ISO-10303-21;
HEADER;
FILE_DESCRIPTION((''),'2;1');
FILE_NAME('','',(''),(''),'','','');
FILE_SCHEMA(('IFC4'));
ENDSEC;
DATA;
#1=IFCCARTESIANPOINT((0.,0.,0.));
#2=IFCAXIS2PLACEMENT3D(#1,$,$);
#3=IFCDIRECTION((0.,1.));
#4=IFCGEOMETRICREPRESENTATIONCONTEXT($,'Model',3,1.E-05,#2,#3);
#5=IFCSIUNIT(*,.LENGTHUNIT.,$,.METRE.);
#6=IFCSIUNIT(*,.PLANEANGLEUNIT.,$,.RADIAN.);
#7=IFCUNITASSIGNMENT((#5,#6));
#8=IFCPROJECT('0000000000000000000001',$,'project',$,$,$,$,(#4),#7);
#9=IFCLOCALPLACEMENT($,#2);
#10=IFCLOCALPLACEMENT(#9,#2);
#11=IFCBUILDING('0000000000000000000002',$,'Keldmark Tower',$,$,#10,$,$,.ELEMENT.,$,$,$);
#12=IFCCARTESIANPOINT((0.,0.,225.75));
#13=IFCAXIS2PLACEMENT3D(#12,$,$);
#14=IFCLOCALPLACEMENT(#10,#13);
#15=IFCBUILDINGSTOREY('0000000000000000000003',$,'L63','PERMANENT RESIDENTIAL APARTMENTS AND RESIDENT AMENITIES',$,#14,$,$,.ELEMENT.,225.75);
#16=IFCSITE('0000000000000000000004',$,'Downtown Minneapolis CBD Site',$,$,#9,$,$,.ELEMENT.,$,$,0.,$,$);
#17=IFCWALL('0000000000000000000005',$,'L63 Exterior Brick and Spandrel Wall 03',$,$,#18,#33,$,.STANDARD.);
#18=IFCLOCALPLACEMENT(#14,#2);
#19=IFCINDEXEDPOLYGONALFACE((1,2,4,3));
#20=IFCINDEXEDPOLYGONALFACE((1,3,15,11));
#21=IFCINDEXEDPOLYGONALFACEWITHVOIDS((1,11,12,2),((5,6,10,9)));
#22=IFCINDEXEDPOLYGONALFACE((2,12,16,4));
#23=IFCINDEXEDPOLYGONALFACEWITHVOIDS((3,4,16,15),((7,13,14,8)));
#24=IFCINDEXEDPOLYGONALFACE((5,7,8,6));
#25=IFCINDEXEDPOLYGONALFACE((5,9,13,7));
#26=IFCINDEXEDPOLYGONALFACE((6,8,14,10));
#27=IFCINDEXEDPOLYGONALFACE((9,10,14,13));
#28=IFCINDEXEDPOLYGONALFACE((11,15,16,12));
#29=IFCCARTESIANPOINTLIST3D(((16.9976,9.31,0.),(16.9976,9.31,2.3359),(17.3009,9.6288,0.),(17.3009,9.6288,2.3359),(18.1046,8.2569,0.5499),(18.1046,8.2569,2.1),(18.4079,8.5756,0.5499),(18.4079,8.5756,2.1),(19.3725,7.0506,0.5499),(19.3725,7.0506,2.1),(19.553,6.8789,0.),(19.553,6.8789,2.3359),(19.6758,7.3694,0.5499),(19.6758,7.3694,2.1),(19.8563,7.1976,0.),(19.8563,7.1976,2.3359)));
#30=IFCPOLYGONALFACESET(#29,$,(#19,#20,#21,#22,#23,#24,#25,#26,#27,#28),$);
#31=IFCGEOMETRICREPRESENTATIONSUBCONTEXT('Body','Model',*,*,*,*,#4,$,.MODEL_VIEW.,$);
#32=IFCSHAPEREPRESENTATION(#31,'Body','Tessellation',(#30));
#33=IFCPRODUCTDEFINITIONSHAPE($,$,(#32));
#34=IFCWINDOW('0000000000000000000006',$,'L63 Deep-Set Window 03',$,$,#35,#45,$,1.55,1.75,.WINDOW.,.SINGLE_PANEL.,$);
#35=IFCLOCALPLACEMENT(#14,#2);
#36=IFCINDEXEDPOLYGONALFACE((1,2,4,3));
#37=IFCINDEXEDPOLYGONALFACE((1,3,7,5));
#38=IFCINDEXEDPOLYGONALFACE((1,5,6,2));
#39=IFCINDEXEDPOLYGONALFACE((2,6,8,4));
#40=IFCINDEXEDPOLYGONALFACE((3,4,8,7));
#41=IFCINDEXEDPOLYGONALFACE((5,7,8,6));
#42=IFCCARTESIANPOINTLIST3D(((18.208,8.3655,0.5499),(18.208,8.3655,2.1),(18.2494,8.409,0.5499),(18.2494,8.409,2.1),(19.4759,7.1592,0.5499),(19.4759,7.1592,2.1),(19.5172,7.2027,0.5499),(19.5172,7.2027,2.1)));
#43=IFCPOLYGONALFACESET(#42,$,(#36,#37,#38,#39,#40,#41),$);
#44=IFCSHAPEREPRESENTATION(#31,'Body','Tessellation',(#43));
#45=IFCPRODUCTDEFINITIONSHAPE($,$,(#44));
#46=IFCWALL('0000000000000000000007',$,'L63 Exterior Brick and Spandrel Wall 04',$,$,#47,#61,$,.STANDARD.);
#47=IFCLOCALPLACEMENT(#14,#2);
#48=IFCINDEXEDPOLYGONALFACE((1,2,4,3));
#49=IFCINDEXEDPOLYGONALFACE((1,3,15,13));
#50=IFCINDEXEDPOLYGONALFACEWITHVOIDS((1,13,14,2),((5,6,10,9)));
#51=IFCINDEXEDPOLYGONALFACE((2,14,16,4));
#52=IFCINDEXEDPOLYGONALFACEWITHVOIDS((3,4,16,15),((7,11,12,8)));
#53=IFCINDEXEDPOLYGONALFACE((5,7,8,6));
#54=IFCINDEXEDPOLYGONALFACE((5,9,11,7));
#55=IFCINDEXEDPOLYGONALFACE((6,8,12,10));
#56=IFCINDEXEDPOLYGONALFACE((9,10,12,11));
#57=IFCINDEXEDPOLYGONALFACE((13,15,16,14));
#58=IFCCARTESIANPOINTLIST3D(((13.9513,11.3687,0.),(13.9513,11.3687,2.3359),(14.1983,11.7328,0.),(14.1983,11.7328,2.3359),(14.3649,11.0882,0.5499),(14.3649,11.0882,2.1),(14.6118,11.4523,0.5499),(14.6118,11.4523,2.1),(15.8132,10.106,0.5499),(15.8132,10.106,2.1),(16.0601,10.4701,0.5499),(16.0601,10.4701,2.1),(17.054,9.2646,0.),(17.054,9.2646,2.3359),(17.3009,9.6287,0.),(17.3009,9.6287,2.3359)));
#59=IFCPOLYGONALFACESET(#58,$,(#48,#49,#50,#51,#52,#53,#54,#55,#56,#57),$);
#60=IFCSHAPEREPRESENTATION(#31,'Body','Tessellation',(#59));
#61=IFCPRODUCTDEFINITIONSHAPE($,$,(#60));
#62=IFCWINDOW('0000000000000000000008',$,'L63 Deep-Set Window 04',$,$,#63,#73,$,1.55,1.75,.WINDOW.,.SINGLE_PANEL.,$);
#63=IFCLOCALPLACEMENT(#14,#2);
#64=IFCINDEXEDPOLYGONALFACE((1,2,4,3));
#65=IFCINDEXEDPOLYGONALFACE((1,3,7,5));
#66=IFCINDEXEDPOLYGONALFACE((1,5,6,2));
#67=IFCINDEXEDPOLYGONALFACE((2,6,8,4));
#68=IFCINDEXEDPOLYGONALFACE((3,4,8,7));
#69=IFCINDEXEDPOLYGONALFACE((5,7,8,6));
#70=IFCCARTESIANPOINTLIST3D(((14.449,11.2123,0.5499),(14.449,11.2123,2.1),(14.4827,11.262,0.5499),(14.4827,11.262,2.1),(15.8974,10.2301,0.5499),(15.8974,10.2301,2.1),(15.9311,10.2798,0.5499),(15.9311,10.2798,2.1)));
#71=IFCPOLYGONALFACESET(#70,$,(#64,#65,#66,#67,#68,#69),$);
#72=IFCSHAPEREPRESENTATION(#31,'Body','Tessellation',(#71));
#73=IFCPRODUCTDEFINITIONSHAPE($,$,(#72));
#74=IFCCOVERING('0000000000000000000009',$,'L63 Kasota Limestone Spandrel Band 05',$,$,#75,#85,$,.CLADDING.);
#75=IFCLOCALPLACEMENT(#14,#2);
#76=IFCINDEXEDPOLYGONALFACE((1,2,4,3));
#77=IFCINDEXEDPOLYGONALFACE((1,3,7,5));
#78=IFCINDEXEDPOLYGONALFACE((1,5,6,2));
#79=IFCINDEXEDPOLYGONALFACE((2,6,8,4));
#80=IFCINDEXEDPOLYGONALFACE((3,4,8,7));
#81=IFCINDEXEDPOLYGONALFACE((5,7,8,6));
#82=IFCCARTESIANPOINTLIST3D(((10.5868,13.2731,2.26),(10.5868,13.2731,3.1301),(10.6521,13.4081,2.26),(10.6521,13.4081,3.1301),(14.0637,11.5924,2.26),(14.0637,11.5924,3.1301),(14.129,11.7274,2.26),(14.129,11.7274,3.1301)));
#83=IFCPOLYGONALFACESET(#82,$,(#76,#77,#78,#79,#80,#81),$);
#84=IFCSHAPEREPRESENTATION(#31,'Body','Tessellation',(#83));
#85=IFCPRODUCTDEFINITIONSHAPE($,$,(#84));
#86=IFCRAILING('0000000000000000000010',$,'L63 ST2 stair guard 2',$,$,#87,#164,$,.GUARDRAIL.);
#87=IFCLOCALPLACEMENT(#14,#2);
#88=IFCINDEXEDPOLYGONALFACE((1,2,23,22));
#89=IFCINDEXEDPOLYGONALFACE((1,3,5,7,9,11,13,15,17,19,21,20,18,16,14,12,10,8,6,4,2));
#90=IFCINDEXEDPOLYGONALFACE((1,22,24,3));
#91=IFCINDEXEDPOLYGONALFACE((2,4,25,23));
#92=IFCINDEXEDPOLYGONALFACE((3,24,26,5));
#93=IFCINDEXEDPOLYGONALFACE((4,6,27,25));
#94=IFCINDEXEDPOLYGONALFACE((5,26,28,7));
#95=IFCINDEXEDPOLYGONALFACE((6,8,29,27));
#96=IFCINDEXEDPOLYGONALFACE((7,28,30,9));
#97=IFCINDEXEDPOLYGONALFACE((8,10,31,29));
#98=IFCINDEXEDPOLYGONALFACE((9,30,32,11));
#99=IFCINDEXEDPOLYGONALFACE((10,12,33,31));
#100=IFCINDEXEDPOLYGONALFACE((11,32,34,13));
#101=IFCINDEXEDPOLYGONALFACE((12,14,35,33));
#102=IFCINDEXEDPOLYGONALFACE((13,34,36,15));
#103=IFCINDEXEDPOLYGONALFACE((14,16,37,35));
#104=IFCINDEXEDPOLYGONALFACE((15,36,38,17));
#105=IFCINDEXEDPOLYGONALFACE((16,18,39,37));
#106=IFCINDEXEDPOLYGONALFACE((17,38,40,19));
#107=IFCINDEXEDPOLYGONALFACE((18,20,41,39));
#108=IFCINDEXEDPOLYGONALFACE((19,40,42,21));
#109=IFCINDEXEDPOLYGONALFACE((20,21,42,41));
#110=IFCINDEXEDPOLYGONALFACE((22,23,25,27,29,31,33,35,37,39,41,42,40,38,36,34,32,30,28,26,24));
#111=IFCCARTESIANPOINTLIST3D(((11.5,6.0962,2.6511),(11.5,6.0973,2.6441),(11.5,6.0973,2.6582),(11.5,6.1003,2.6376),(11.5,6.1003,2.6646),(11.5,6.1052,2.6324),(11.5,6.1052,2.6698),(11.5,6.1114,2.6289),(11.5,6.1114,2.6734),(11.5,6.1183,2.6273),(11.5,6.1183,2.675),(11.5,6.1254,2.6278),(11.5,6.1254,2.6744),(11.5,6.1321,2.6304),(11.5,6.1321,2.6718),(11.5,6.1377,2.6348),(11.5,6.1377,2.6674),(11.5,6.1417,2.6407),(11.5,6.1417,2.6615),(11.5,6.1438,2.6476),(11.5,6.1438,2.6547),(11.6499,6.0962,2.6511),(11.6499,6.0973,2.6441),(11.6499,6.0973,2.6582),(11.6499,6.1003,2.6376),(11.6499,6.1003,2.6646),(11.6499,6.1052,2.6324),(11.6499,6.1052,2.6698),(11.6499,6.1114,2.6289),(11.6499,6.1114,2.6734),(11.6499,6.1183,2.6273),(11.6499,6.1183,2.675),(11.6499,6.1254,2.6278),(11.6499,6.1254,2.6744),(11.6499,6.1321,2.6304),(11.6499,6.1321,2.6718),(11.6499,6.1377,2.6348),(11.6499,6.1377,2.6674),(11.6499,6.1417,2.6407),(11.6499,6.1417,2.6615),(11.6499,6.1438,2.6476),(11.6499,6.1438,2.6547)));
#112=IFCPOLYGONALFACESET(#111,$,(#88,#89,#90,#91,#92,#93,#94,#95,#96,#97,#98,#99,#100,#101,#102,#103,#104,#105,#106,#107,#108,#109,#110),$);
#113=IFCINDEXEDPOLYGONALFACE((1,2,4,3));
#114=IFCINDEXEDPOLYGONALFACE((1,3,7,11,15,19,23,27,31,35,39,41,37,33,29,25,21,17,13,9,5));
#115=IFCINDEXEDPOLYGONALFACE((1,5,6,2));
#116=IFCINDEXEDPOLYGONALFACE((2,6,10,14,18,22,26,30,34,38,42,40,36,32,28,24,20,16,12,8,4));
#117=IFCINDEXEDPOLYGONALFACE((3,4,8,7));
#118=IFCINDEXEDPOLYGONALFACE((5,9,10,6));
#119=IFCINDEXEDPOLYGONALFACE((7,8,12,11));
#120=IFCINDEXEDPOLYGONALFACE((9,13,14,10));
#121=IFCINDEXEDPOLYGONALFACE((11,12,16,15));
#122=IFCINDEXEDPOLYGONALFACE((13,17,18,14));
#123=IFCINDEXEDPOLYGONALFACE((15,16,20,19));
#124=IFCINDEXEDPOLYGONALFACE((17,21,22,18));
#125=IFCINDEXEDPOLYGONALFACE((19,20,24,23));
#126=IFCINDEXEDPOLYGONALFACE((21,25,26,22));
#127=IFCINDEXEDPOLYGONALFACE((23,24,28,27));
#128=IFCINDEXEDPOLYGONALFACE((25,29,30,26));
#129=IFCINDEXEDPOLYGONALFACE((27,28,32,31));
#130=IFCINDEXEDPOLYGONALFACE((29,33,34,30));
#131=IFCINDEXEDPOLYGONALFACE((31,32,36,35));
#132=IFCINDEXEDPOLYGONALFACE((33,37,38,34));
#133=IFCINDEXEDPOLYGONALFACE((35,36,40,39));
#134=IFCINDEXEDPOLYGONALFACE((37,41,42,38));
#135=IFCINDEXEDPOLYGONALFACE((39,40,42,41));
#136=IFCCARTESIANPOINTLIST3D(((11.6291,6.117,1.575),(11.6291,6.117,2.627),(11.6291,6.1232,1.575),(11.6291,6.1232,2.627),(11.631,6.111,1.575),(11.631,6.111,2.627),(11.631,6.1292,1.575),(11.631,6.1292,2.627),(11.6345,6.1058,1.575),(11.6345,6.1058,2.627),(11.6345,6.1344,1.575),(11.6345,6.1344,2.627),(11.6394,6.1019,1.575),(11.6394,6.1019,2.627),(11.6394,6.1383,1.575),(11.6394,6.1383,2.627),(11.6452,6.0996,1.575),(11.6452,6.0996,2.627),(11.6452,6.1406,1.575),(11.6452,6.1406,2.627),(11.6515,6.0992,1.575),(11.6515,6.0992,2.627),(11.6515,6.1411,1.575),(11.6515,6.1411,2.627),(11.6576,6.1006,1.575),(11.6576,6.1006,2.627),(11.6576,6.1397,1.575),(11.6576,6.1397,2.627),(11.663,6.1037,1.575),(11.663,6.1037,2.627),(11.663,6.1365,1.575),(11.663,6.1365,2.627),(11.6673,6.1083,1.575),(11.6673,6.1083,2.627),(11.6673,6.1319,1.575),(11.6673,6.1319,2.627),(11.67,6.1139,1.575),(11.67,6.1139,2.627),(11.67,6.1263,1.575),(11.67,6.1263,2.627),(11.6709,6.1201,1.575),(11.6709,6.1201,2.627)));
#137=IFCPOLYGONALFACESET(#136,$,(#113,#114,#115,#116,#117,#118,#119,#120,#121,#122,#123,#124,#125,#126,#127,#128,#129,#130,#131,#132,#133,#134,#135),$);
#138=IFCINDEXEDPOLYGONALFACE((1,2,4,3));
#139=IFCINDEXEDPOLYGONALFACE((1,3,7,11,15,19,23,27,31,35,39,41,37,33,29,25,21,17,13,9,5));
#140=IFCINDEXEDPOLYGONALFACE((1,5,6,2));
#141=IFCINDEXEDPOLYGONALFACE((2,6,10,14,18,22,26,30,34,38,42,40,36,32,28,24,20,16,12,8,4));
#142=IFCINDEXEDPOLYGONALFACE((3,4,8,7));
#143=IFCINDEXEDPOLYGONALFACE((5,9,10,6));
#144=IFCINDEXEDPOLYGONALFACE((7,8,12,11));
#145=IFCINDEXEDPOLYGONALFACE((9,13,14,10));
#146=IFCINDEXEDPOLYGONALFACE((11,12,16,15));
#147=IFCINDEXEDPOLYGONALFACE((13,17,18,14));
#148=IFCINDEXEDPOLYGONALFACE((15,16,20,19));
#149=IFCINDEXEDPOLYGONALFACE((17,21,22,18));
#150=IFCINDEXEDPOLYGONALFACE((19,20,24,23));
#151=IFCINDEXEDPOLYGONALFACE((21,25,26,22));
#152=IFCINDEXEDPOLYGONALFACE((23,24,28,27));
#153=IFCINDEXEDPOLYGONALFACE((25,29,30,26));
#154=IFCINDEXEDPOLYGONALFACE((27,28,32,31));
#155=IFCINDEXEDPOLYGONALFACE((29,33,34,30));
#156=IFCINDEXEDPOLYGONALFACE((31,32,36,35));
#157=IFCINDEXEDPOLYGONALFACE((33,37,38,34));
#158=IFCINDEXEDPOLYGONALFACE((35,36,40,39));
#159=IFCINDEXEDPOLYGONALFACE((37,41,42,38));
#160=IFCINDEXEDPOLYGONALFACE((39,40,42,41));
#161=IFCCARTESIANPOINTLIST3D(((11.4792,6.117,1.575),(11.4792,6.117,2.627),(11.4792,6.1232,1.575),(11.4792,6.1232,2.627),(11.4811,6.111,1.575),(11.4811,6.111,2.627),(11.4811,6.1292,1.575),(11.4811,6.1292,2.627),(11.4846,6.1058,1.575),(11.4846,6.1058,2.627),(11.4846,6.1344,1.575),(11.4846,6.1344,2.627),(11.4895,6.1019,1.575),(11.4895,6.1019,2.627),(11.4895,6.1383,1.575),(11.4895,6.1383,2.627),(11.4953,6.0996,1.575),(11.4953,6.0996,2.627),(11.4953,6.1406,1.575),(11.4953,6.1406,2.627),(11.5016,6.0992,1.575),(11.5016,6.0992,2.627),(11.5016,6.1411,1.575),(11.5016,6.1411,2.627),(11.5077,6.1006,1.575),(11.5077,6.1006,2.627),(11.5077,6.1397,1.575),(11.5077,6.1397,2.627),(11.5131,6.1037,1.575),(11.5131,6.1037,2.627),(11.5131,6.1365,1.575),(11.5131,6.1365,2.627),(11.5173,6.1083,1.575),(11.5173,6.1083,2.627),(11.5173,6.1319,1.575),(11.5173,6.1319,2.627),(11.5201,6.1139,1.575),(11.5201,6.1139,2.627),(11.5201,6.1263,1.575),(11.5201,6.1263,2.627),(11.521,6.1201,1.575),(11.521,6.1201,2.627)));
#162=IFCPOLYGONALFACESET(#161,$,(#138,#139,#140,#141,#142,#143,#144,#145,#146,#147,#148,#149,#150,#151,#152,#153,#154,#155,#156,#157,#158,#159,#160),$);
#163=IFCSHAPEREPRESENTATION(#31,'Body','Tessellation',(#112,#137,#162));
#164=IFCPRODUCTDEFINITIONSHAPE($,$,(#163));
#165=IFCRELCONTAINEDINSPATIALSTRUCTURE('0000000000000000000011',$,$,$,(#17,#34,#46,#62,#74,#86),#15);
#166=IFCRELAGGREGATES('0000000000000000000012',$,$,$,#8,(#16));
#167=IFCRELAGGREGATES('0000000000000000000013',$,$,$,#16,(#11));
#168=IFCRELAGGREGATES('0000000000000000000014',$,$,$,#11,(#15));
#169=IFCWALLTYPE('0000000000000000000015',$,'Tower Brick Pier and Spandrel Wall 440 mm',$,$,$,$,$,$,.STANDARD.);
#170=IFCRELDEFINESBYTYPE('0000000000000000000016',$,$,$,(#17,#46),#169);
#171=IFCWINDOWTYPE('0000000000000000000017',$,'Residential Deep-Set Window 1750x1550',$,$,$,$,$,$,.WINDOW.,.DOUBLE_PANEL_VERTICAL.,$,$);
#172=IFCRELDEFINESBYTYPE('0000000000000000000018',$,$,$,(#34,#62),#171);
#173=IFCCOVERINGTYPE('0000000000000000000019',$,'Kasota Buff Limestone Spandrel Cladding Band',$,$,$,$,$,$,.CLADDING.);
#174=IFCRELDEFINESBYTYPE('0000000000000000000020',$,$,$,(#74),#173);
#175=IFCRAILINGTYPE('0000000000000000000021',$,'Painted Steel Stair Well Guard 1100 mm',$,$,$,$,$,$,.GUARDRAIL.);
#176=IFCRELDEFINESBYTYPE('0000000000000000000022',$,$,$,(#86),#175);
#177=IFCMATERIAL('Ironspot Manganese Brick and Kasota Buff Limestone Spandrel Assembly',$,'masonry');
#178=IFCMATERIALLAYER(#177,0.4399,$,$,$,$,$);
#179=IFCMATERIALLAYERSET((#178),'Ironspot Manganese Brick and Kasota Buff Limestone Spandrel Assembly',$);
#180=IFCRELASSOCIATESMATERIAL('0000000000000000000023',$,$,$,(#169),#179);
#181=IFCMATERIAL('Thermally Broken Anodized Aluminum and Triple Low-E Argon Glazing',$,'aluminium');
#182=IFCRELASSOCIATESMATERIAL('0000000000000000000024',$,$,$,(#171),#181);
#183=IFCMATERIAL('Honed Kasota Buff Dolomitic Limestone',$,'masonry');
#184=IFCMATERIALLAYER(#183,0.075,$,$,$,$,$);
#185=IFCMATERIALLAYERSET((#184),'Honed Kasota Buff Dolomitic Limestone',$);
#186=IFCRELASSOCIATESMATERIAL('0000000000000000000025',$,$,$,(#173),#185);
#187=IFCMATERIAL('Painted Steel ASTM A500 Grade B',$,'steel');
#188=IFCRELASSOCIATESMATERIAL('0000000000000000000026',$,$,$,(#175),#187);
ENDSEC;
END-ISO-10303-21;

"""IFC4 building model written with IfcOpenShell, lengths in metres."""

from ifc_helpers import new_model, si_unit, direction, frame, frame_2d, origin, origin_2d, place, context, subcontext, project, spatial, rectangle, circle, extrude, material, layer, layer_set, type_object, element, fill, save


model = new_model("IFC4")

# Units and contexts
model_context = context("Model", 3, precision=1e-05, world=origin(), true_north=direction((0.0, 1.0)))
body_context = subcontext(model_context, "Body", "Model", "MODEL_VIEW")
ifc_project = project(units=[si_unit("LENGTHUNIT", "METRE"), si_unit("PLANEANGLEUNIT", "RADIAN")], contexts=[model_context])

# Site, building, storey
site_placement = place(None, origin())
site = spatial("IfcSite", under=ifc_project, at=site_placement, Name="Downtown Minneapolis CBD Site", CompositionType="ELEMENT", RefElevation=0.0)
building_placement = place(site_placement, origin())
building = spatial("IfcBuilding", under=site, at=building_placement, Name="Keldmark Tower", CompositionType="ELEMENT")
storey_placement = place(building_placement, frame((0.0, 0.0, 225.75)))
storey = spatial("IfcBuildingStorey", under=building, at=storey_placement, Name="L63", Description="PERMANENT RESIDENTIAL APARTMENTS AND RESIDENT AMENITIES", CompositionType="ELEMENT", Elevation=225.75)

# Walls, openings, windows
ifc_material_1 = material(Name="Ironspot Manganese Brick and Kasota Buff Limestone Spandrel Assembly", Category="masonry")
ifc_layer_1 = layer(ifc_material_1, 0.4399)
ifc_layer_set_1 = layer_set([ifc_layer_1], Name="Ironspot Manganese Brick and Kasota Buff Limestone Spandrel Assembly")
wall_type_1 = type_object("IfcWallType", Name="Tower Brick Pier and Spandrel Wall 440 mm", PredefinedType="STANDARD", material=ifc_layer_set_1)
wall_1_placement = place(storey_placement, frame((17.1492, 9.4695, 0.0), z_axis=(0.0, 0.0, 1.0), x_axis=(0.724503, -0.689271, 0.0)))
wall_1 = element("IfcWall", 1, at=wall_1_placement, inside=storey, type_object=wall_type_1, Name="L63 Exterior Brick and Spandrel Wall 03", PredefinedType="STANDARD", context=body_context, shape_type="SweptSolid", body=[
    extrude(rectangle(XDim=3.5271, YDim=0.4399, at=frame_2d((1.7637, 0.0))), origin(), (0.0, 0.0, 1.0), 2.3359),
])
opening_1_placement = place(wall_1_placement, frame((1.5281, 0.0, 0.55)))
opening_1 = element("IfcOpeningElement", 2, at=opening_1_placement, cuts=wall_1, PredefinedType="OPENING", context=body_context, shape_type="SweptSolid", body=[
    extrude(rectangle(XDim=1.75, YDim=1.55, at=frame_2d((0.875, 0.7749))), frame((0.0, 0.23, 0.0), z_axis=(0.0, -1.0, 0.0), x_axis=(1.0, 0.0, 0.0)), (0.0, 0.0, 1.0), 0.46),
])
ifc_material_2 = material(Name="Thermally Broken Anodized Aluminum and Triple Low-E Argon Glazing", Category="aluminium")
window_type_1 = type_object("IfcWindowType", Name="Residential Deep-Set Window 1750x1550", PartitioningType="DOUBLE_PANEL_VERTICAL", PredefinedType="WINDOW", material=ifc_material_2)
window_1_placement = place(opening_1_placement, origin())
window_1 = element("IfcWindow", 3, at=window_1_placement, inside=storey, type_object=window_type_1, Name="L63 Deep-Set Window 03", OverallHeight=1.55, OverallWidth=1.75, PartitioningType="SINGLE_PANEL", PredefinedType="WINDOW", context=body_context, shape_type="SweptSolid", body=[
    extrude(rectangle(XDim=1.75, YDim=1.55, at=frame_2d((0.875, 0.7749))), frame((0.0, -0.01, 0.0), z_axis=(0.0, -1.0, 0.0), x_axis=(1.0, 0.0, 0.0)), (0.0, 0.0, 1.0), 0.0601),
])
fill(opening_1, window_1)
wall_2_placement = place(storey_placement, frame((14.0747, 11.5508, 0.0), z_axis=(0.0, 0.0, 1.0), x_axis=(0.827636, -0.561266, 0.0)))
wall_2 = element("IfcWall", 4, at=wall_2_placement, inside=storey, type_object=wall_type_1, Name="L63 Exterior Brick and Spandrel Wall 04", PredefinedType="STANDARD", context=body_context, shape_type="SweptSolid", body=[
    extrude(rectangle(XDim=3.7488, YDim=0.4399, at=frame_2d((1.8745, 0.0))), origin(), (0.0, 0.0, 1.0), 2.3359),
])
opening_2_placement = place(wall_2_placement, frame((0.4998, 0.0, 0.55)))
opening_2 = element("IfcOpeningElement", 5, at=opening_2_placement, cuts=wall_2, PredefinedType="OPENING", context=body_context, shape_type="SweptSolid", body=[
    extrude(rectangle(XDim=1.75, YDim=1.55, at=frame_2d((0.875, 0.7749))), frame((0.0, 0.23, 0.0), z_axis=(0.0, -1.0, 0.0), x_axis=(1.0, 0.0, 0.0)), (0.0, 0.0, 1.0), 0.46),
])
window_2_placement = place(opening_2_placement, origin())
window_2 = element("IfcWindow", 6, at=window_2_placement, inside=storey, type_object=window_type_1, Name="L63 Deep-Set Window 04", OverallHeight=1.55, OverallWidth=1.75, PartitioningType="SINGLE_PANEL", PredefinedType="WINDOW", context=body_context, shape_type="SweptSolid", body=[
    extrude(rectangle(XDim=1.75, YDim=1.55, at=frame_2d((0.875, 0.7749))), frame((0.0, -0.01, 0.0), z_axis=(0.0, -1.0, 0.0), x_axis=(1.0, 0.0, 0.0)), (0.0, 0.0, 1.0), 0.0601),
])
fill(opening_2, window_2)

# Covering
ifc_material_3 = material(Name="Honed Kasota Buff Dolomitic Limestone", Category="masonry")
ifc_layer_2 = layer(ifc_material_3, 0.075)
ifc_layer_set_2 = layer_set([ifc_layer_2], Name="Honed Kasota Buff Dolomitic Limestone")
covering_type = type_object("IfcCoveringType", Name="Kasota Buff Limestone Spandrel Cladding Band", PredefinedType="CLADDING", material=ifc_layer_set_2)
covering_placement = place(storey_placement, frame((12.3579, 12.5002, 2.26), z_axis=(0.0, 0.0, 1.0), x_axis=(-0.900326, 0.435215, 0.0)))
element("IfcCovering", 7, at=covering_placement, inside=storey, type_object=covering_type, Name="L63 Kasota Limestone Spandrel Band 05", PredefinedType="CLADDING", context=body_context, shape_type="SweptSolid", body=[
    extrude(rectangle(XDim=3.8618, YDim=0.1499, at=origin_2d()), origin(), (0.0, 0.0, 1.0), 0.8701),
])

# Railing
ifc_material_4 = material(Name="Painted Steel ASTM A500 Grade B", Category="steel")
railing_type = type_object("IfcRailingType", Name="Painted Steel Stair Well Guard 1100 mm", PredefinedType="GUARDRAIL", material=ifc_material_4)
railing_placement = place(storey_placement, frame((11.6499, 6.1201, 1.575)))
element("IfcRailing", 8, at=railing_placement, inside=storey, type_object=railing_type, Name="L63 ST2 stair guard 2", PredefinedType="GUARDRAIL", context=body_context, shape_type="SweptSolid", body=[
    extrude(circle(Radius=0.0239, at=origin_2d()), frame((0.0, 0.0, 1.0762), z_axis=(-1.0, 0.0, 0.0), x_axis=(0.0, -1.0, 0.0)), (0.0, 0.0, 1.0), 0.1499),
    extrude(circle(Radius=0.021, at=origin_2d()), origin(), (0.0, 0.0, 1.0), 1.052),
    extrude(circle(Radius=0.021, at=origin_2d()), frame((-0.1499, 0.0, 0.0)), (0.0, 0.0, 1.0), 1.052),
])

save(model, "model.ifc")
